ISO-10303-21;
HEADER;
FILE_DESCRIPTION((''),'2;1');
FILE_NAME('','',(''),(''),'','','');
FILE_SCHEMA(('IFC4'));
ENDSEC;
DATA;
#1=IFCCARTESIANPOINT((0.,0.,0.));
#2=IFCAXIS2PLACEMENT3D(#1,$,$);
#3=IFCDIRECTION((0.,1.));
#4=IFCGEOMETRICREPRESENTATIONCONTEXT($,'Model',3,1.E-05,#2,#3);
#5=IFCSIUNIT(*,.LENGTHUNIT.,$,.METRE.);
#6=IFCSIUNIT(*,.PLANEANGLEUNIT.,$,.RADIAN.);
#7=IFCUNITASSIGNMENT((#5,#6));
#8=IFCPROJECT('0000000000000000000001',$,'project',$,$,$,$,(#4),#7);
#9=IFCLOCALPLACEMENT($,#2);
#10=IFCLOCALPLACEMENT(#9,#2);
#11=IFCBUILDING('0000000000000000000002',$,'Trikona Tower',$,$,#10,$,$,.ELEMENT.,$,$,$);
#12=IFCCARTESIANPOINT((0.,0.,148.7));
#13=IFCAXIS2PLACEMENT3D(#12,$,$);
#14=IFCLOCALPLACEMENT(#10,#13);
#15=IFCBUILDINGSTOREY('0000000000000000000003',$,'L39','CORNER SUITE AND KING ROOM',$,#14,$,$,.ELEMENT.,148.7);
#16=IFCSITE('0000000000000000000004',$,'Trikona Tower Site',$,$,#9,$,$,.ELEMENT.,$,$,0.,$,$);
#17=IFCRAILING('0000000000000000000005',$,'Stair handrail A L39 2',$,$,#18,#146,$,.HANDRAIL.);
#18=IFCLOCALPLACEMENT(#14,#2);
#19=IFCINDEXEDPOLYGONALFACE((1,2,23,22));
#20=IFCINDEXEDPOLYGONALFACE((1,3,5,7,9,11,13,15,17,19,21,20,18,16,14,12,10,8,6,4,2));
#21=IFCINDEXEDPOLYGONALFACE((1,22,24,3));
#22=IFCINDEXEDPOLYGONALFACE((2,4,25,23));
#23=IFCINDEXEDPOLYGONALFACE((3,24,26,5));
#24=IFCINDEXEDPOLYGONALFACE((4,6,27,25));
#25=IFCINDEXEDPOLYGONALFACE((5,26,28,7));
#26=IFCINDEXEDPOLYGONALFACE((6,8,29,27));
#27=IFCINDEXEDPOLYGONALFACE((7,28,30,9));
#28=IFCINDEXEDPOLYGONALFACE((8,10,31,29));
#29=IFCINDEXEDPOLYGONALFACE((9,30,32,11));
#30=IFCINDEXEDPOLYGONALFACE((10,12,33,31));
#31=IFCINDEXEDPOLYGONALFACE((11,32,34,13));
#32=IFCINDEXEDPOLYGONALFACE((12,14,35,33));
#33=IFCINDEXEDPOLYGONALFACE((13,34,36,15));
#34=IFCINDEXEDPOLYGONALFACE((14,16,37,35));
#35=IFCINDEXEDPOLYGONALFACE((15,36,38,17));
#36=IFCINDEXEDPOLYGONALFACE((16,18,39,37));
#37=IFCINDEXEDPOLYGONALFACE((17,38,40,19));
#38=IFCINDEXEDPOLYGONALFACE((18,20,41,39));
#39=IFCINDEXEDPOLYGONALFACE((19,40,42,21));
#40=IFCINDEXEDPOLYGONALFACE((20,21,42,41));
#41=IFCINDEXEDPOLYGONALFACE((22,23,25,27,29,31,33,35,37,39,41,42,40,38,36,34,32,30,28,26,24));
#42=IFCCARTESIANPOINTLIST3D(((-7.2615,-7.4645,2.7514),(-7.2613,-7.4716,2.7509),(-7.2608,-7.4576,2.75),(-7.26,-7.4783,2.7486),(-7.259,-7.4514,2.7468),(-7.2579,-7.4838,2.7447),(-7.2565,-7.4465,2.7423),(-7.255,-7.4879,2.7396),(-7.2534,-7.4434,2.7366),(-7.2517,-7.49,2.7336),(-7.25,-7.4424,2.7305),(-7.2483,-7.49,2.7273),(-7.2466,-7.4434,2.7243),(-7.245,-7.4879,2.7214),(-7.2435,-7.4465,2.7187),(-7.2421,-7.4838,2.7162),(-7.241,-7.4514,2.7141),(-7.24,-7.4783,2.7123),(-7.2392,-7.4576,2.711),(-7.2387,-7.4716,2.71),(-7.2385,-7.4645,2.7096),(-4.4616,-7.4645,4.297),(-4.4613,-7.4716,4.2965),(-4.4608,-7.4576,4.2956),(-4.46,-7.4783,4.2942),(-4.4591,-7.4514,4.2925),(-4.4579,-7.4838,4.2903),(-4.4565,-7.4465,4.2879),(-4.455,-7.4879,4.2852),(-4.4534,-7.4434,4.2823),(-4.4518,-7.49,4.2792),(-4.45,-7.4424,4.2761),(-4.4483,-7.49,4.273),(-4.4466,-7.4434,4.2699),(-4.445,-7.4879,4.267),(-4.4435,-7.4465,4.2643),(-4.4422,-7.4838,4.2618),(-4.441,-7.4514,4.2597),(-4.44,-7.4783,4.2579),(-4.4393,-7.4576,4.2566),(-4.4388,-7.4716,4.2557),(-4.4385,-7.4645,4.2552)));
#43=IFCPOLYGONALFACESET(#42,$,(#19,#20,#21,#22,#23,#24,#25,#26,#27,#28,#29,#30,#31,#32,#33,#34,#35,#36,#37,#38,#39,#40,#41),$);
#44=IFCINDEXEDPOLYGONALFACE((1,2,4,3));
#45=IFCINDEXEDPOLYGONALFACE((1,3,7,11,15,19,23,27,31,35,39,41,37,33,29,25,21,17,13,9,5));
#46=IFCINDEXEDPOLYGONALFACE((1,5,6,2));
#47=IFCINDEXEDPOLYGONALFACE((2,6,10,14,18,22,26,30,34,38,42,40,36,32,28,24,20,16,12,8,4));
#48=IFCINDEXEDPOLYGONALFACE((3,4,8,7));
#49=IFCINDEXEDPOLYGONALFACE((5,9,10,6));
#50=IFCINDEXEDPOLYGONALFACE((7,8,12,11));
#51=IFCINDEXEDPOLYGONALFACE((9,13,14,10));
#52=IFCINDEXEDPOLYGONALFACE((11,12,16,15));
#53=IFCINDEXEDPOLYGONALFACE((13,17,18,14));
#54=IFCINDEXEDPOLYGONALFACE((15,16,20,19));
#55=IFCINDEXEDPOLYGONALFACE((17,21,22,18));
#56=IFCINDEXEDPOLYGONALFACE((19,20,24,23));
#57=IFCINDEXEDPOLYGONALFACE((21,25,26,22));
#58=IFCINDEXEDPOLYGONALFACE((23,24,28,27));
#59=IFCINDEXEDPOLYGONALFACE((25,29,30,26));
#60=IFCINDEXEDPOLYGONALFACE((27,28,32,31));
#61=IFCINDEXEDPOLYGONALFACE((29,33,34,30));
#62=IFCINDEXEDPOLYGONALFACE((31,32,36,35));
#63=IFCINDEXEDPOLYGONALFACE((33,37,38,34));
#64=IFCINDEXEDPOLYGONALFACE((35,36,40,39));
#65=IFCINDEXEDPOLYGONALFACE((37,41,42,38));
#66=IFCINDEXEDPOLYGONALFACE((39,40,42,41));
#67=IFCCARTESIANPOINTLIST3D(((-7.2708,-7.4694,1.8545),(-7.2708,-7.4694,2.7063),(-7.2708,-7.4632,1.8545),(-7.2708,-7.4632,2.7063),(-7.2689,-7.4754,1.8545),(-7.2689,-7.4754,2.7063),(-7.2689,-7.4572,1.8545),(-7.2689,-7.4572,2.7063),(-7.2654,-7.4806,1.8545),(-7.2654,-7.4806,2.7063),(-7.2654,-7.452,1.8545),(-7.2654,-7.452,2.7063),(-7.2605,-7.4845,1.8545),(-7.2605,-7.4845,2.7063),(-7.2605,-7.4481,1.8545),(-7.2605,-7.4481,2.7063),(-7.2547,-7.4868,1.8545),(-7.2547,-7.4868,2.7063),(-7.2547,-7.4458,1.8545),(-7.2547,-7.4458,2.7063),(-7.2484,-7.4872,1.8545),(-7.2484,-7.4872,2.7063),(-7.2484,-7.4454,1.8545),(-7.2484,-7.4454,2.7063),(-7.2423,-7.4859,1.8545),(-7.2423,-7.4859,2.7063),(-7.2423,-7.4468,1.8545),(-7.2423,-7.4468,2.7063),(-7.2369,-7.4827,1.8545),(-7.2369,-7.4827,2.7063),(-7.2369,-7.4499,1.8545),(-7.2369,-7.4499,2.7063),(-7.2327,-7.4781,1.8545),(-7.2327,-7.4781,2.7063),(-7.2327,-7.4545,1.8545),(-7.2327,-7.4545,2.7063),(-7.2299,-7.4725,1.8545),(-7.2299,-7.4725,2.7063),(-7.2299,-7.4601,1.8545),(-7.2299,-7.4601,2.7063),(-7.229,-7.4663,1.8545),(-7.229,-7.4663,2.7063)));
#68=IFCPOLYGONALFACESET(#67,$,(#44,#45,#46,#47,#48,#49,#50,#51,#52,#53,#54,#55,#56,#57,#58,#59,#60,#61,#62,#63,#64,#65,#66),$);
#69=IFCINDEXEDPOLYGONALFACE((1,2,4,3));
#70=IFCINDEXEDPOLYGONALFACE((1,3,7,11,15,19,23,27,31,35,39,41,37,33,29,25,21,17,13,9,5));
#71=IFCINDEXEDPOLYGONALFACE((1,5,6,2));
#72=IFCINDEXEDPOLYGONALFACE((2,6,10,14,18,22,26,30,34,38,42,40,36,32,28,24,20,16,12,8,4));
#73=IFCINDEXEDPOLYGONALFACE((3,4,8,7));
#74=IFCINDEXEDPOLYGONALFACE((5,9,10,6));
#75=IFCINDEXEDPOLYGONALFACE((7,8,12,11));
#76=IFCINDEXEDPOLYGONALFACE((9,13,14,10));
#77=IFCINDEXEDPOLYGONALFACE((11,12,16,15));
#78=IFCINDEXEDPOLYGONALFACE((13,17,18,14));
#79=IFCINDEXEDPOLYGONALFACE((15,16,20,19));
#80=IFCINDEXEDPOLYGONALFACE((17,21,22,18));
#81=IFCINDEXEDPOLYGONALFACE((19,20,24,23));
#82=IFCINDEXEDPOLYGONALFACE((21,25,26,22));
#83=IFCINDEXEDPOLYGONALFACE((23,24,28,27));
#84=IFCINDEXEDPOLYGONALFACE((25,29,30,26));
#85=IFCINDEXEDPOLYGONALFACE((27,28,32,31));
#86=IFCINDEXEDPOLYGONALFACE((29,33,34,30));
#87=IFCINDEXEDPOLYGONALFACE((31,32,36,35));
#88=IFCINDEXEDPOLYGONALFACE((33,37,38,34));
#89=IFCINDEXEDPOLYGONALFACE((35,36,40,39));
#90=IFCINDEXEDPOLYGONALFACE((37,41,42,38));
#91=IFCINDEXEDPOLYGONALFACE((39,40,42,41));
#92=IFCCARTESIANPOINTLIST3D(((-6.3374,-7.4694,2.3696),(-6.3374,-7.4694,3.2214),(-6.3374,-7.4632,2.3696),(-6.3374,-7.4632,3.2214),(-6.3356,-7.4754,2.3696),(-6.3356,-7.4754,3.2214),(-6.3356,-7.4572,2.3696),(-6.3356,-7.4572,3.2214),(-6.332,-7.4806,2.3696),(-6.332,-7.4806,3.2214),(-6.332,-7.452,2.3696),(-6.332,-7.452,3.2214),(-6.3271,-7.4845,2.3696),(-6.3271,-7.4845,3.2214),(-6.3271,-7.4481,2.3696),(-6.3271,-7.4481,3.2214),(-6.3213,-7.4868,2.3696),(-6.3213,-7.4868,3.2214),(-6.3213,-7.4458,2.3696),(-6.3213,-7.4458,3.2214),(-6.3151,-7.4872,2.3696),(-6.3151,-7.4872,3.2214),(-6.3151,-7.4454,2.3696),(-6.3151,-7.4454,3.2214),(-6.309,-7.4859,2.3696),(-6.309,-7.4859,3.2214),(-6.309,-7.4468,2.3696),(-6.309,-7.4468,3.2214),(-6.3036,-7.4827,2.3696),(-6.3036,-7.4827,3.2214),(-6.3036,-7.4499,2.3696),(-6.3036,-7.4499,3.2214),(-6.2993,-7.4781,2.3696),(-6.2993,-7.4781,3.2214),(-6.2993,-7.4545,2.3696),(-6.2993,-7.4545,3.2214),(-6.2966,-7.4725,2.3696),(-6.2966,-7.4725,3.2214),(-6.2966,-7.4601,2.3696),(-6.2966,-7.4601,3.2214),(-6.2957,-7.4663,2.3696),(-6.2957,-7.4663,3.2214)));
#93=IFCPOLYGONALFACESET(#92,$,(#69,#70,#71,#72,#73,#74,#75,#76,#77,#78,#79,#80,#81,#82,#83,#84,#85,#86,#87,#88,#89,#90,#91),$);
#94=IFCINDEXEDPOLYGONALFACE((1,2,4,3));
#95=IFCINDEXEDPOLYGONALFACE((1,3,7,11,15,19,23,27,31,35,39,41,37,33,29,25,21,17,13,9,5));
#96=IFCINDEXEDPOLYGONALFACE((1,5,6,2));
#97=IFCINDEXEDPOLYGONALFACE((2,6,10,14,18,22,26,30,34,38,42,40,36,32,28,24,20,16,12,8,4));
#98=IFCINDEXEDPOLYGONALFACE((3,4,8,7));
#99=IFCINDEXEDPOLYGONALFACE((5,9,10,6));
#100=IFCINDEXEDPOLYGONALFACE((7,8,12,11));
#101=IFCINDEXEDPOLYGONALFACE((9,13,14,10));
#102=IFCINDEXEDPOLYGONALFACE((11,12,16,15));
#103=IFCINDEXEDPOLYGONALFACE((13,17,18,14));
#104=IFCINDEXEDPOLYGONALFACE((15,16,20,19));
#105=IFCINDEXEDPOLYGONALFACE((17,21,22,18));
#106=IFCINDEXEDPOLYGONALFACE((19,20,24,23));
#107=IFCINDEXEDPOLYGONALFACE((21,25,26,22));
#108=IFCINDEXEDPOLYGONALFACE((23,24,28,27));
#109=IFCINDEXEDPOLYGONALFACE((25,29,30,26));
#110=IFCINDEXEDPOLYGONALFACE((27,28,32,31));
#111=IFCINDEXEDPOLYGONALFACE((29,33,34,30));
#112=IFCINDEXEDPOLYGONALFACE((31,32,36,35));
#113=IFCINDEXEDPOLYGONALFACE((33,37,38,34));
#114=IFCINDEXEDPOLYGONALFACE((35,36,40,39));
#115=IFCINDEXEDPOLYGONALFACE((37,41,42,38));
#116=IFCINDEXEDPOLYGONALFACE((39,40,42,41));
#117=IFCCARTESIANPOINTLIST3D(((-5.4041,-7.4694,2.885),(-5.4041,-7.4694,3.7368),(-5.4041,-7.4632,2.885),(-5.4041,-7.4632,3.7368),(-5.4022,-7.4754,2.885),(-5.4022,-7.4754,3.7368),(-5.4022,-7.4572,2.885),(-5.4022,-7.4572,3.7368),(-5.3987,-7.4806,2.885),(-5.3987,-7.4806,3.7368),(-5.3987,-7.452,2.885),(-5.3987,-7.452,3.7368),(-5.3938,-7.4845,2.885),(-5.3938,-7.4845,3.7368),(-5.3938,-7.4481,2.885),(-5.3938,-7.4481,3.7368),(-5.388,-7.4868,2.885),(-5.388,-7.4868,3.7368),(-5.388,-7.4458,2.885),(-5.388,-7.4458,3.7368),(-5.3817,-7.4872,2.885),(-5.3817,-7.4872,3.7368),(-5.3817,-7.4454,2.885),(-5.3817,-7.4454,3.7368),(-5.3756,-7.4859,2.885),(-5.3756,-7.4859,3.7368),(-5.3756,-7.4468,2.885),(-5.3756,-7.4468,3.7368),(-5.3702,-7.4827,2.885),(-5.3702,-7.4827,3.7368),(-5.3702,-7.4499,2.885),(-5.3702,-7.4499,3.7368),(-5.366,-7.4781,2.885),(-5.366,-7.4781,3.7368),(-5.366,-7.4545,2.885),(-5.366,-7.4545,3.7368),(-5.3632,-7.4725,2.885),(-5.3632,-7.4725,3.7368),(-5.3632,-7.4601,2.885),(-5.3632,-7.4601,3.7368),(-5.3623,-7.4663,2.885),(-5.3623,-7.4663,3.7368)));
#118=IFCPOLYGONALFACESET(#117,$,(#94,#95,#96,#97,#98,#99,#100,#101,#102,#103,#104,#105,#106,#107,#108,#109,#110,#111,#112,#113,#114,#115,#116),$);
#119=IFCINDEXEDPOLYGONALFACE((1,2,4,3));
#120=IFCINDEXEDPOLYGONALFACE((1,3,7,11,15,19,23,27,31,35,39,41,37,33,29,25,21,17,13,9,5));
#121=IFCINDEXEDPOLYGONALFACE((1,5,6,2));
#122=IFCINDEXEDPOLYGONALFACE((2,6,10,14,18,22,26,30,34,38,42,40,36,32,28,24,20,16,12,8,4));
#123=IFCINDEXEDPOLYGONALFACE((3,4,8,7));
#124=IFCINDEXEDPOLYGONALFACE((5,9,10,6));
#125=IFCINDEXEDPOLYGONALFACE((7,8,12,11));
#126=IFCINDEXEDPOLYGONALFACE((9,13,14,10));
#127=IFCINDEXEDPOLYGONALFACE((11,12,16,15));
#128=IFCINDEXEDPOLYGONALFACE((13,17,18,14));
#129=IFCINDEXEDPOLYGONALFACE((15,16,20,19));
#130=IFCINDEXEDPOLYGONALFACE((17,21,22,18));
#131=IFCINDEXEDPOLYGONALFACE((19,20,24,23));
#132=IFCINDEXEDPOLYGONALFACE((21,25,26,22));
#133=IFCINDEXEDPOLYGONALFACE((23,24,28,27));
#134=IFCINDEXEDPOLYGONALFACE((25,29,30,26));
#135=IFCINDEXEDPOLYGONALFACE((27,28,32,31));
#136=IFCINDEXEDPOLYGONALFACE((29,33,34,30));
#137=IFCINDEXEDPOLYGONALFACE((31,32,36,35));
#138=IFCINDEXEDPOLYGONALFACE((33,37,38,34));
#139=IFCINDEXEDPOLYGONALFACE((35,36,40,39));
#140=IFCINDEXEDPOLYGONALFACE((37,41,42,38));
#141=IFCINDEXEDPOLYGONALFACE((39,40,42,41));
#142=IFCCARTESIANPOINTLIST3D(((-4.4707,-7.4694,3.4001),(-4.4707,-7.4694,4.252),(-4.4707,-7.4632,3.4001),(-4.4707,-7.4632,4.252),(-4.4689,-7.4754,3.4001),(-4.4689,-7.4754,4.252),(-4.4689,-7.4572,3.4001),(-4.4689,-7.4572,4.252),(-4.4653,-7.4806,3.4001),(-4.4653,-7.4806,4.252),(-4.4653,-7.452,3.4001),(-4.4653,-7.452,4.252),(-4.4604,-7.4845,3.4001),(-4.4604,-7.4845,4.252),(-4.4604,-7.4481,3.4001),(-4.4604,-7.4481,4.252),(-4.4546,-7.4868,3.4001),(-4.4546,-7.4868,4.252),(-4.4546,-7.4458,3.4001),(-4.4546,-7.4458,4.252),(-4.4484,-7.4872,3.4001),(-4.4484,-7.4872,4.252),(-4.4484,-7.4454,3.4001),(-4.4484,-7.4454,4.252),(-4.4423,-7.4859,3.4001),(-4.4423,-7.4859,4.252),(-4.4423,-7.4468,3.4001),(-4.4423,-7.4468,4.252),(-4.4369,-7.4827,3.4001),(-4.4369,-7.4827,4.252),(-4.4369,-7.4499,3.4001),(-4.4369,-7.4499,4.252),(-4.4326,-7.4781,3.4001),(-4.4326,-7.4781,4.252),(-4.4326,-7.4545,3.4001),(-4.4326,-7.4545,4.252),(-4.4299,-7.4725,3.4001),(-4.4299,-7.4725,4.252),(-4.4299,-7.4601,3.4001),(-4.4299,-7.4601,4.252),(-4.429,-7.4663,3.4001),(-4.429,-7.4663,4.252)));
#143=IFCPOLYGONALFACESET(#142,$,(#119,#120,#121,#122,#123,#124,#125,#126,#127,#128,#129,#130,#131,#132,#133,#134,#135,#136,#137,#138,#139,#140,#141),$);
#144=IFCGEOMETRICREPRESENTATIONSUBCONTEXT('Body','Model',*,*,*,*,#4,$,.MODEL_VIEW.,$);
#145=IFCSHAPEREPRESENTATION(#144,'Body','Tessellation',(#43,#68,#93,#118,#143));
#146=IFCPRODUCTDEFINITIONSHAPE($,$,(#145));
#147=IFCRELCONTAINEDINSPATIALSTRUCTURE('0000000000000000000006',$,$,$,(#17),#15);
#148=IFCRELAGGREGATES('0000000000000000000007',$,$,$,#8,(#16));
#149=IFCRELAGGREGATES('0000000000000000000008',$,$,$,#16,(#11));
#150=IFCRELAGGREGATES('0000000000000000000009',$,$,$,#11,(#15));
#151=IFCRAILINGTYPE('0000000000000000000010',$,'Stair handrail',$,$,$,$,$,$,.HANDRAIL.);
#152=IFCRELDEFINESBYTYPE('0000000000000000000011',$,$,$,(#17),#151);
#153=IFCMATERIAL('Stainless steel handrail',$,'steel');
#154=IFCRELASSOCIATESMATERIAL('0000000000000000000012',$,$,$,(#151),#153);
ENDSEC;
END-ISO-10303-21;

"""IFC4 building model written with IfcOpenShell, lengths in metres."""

from ifc_helpers import new_model, si_unit, direction, frame, origin, origin_2d, place, context, subcontext, project, spatial, circle, extrude, material, type_object, element, save


model = new_model("IFC4")

# Units and contexts
model_context = context("Model", 3, precision=1e-05, world=origin(), true_north=direction((0.0, 1.0)))
body_context = subcontext(model_context, "Body", "Model", "MODEL_VIEW")
ifc_project = project(units=[si_unit("LENGTHUNIT", "METRE"), si_unit("PLANEANGLEUNIT", "RADIAN")], contexts=[model_context])

# Site, building, storey
site_placement = place(None, origin())
site = spatial("IfcSite", under=ifc_project, at=site_placement, Name="Trikona Tower Site", CompositionType="ELEMENT", RefElevation=0.0)
building_placement = place(site_placement, origin())
building = spatial("IfcBuilding", under=site, at=building_placement, Name="Trikona Tower", CompositionType="ELEMENT")
storey_placement = place(building_placement, frame((0.0, 0.0, 148.7)))
storey = spatial("IfcBuildingStorey", under=building, at=storey_placement, Name="L39", Description="CORNER SUITE AND KING ROOM", CompositionType="ELEMENT", Elevation=148.7)

# Railing
ifc_material_1 = material(Name="Stainless steel handrail", Category="steel")
railing_type = type_object("IfcRailingType", Name="Stair handrail", PredefinedType="HANDRAIL", material=ifc_material_1)
railing_1_placement = place(storey_placement, frame((-7.25, -7.4663, 1.8545)))
element("IfcRailing", 1, at=railing_1_placement, inside=storey, type_object=railing_type, Name="Stair handrail A L39 2", PredefinedType="HANDRAIL", context=body_context, shape_type="SweptSolid", body=[
    extrude(circle(Radius=0.0239, at=origin_2d()), frame((0.0, 0.0, 0.876), z_axis=(0.875472, 0.0, 0.483269), x_axis=(0.0, 1.0, 0.0)), (0.0, 0.0, 1.0), 3.1982),
    extrude(circle(Radius=0.021, at=origin_2d()), origin(), (0.0, 0.0, 1.0), 0.8518),
    extrude(circle(Radius=0.021, at=origin_2d()), frame((0.9333, 0.0, 0.5151)), (0.0, 0.0, 1.0), 0.8518),
    extrude(circle(Radius=0.021, at=origin_2d()), frame((1.8667, 0.0, 1.0305)), (0.0, 0.0, 1.0), 0.8518),
    extrude(circle(Radius=0.021, at=origin_2d()), frame((2.8, 0.0, 1.5457)), (0.0, 0.0, 1.0), 0.8518),
])

save(model, "model.ifc")
